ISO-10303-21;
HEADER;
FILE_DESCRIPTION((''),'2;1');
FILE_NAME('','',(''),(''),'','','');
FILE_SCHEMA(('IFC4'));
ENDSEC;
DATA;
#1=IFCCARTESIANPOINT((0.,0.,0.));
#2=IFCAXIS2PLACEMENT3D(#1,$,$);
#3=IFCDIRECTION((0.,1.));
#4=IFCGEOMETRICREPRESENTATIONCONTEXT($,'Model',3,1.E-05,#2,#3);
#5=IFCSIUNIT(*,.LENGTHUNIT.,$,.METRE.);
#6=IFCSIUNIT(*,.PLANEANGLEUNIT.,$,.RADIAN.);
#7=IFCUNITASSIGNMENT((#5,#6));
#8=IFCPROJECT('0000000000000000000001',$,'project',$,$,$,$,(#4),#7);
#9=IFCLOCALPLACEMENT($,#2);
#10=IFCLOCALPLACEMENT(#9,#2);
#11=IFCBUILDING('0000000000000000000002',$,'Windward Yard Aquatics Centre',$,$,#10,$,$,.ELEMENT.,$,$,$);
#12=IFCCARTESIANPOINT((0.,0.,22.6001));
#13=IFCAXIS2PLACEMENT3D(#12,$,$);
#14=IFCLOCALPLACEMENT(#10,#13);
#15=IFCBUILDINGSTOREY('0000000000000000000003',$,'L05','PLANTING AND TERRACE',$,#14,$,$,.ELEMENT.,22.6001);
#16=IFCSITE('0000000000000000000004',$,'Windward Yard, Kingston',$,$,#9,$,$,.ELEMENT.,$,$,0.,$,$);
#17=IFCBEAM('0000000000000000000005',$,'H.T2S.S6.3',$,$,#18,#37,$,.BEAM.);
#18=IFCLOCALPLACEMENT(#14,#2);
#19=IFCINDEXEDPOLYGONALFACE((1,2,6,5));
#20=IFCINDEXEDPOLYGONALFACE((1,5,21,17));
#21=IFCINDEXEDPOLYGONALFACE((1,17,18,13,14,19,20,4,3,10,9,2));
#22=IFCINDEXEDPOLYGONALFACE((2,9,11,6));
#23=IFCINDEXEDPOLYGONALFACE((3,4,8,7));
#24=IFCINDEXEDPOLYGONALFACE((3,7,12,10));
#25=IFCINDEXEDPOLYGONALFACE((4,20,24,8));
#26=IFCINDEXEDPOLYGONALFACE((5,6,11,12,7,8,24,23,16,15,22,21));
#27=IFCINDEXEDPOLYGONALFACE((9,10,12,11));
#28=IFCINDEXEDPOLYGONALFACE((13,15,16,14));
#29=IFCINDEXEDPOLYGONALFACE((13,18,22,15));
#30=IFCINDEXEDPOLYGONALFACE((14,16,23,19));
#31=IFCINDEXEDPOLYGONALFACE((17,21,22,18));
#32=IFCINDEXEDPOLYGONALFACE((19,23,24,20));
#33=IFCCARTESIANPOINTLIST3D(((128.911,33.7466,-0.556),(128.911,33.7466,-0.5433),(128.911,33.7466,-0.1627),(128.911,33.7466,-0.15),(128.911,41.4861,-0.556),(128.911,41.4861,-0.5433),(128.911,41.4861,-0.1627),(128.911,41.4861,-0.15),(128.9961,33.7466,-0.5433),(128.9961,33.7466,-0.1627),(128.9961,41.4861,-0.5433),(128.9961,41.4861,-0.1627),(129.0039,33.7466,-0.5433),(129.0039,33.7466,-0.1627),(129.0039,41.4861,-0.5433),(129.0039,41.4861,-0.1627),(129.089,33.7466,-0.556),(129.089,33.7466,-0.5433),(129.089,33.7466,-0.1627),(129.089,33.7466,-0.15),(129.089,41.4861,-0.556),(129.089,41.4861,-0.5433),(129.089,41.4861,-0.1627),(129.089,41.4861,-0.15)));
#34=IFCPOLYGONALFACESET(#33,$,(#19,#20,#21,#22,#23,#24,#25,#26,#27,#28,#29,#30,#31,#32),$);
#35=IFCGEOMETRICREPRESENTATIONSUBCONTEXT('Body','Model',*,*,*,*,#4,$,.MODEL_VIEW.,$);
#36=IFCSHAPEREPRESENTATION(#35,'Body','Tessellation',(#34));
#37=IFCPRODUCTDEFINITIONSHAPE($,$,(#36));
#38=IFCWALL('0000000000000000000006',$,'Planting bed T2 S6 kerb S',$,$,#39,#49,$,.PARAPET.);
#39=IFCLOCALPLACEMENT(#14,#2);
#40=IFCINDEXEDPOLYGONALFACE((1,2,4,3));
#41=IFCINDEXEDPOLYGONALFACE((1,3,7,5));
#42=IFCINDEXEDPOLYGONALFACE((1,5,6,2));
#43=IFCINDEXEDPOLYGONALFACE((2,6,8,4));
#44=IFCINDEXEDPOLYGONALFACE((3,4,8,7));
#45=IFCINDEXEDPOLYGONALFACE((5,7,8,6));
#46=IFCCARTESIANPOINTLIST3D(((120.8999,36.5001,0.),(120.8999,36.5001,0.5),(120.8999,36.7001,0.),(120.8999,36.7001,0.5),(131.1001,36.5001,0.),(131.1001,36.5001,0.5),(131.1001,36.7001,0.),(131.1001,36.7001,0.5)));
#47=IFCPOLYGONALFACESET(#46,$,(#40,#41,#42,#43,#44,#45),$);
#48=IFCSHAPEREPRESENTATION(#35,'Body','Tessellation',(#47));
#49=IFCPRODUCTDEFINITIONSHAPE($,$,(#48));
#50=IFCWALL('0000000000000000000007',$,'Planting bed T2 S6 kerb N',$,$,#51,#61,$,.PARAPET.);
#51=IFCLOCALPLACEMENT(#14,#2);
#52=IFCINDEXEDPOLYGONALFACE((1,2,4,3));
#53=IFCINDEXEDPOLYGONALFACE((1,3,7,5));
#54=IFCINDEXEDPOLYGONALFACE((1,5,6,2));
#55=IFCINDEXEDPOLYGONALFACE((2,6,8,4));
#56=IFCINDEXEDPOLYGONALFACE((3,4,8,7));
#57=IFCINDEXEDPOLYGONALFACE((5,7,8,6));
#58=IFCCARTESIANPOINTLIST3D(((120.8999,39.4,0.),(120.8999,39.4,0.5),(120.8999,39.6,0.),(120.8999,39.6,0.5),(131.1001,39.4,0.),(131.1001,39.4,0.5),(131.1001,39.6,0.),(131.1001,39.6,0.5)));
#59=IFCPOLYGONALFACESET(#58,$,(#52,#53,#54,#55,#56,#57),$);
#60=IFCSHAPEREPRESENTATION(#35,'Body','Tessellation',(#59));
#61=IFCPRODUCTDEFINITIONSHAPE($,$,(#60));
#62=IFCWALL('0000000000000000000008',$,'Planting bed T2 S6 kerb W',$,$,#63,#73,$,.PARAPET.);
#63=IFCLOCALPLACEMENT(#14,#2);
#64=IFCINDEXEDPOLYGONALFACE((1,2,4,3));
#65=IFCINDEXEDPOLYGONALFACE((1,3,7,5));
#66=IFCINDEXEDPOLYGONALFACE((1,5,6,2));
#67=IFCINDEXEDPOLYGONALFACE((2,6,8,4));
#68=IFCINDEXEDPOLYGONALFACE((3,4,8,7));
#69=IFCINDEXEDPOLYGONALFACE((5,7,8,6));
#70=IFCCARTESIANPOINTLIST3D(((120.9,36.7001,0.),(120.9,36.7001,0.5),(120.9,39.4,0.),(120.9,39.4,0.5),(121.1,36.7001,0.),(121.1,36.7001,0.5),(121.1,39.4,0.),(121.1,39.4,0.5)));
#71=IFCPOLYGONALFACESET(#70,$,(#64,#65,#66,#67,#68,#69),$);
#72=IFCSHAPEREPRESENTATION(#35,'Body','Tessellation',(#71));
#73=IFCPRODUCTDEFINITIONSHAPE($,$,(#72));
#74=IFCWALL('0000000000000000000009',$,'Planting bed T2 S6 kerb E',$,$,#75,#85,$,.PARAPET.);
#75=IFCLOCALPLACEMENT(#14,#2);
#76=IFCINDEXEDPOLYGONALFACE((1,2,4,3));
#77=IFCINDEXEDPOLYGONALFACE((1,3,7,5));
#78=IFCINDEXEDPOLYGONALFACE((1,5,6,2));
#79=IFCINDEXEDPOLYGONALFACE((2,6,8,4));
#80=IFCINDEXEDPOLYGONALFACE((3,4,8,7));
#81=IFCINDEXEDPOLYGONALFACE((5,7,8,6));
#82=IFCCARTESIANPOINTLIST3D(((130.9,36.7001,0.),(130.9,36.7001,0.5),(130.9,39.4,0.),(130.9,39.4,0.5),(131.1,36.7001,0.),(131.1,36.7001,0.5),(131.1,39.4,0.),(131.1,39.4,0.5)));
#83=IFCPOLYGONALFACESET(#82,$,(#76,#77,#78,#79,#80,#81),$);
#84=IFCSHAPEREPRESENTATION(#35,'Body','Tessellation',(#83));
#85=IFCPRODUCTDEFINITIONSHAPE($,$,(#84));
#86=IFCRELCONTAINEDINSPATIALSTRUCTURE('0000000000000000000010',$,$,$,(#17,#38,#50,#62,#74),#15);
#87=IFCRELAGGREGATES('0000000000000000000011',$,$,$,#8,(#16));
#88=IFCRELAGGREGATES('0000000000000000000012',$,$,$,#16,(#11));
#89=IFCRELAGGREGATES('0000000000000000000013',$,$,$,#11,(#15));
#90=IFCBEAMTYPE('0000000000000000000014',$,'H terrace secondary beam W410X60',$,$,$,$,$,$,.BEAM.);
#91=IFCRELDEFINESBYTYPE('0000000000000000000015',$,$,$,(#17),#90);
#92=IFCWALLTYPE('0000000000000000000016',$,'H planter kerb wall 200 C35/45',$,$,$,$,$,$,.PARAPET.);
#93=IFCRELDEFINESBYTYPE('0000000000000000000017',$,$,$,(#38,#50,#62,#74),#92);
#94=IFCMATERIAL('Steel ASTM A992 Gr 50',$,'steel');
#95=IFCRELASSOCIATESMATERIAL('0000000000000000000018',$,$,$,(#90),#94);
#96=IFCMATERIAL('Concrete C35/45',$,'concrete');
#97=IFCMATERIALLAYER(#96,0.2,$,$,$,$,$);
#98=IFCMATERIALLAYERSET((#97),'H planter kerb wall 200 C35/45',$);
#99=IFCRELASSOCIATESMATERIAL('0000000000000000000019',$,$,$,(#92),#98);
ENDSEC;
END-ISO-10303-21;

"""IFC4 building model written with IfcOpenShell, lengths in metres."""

from ifc_helpers import new_model, si_unit, direction, frame, frame_2d, origin, origin_2d, place, context, subcontext, project, spatial, rectangle, i_section, extrude, material, layer, layer_set, material_profile, profile_set, type_object, element, save


model = new_model("IFC4")

# Units and contexts
model_context = context("Model", 3, precision=1e-05, world=origin(), true_north=direction((0.0, 1.0)))
body_context = subcontext(model_context, "Body", "Model", "MODEL_VIEW")
ifc_project = project(units=[si_unit("LENGTHUNIT", "METRE"), si_unit("PLANEANGLEUNIT", "RADIAN")], contexts=[model_context])

# Site, building, storey
site_placement = place(None, origin())
site = spatial("IfcSite", under=ifc_project, at=site_placement, Name="Windward Yard, Kingston", CompositionType="ELEMENT", RefElevation=0.0)
building_placement = place(site_placement, origin())
building = spatial("IfcBuilding", under=site, at=building_placement, Name="Windward Yard Aquatics Centre", CompositionType="ELEMENT")
storey_placement = place(building_placement, frame((0.0, 0.0, 22.6001)))
storey = spatial("IfcBuildingStorey", under=building, at=storey_placement, Name="L05", Description="PLANTING AND TERRACE", CompositionType="ELEMENT", Elevation=22.6001)

# Shared definitions
ifc_material_1 = material(Name="Steel ASTM A992 Gr 50", Category="steel")

# Beam
ifc_material_profile_1 = material_profile(ifc_material_1, i_section(OverallWidth=0.178, OverallDepth=0.406, WebThickness=0.0078, FlangeThickness=0.0127, at=origin_2d()), Name="W410X60")
ifc_profile_set_1 = profile_set([ifc_material_profile_1], Name="Steel ASTM A992 Gr 50")
beam_type_1 = type_object("IfcBeamType", Name="H terrace secondary beam W410X60", PredefinedType="BEAM", material=ifc_profile_set_1)
for number, where, z_axis, x_axis, name in (
    (1, (129.0, 33.7466, -0.353), (0.0, 1.0, 0.0), (-1.0, 0.0, 0.0), "H.T2S.S6.3"),
):
    element("IfcBeam", number, at=place(storey_placement, frame(where, z_axis=z_axis, x_axis=x_axis)), inside=storey, type_object=beam_type_1, Name=name, PredefinedType="BEAM", context=body_context, shape_type="SweptSolid", body=[
        extrude(i_section(OverallWidth=0.178, OverallDepth=0.406, WebThickness=0.0078, FlangeThickness=0.0127, at=origin_2d()), origin(), (0.0, 0.0, 1.0), 7.7395),
    ])

# Walls
ifc_material_2 = material(Name="Concrete C35/45", Category="concrete")
ifc_layer_1 = layer(ifc_material_2, 0.2)
ifc_layer_set_1 = layer_set([ifc_layer_1], Name="H planter kerb wall 200 C35/45")
wall_type_1 = type_object("IfcWallType", Name="H planter kerb wall 200 C35/45", PredefinedType="PARAPET", material=ifc_layer_set_1)
for number, where, z_axis, x_axis, name in (
    (2, (120.8999, 36.6001, 0.0), (0.0, 0.0, 1.0), (1.0, 0.0, 0.0), "Planting bed T2 S6 kerb S"),
    (3, (120.8999, 39.5, 0.0), (0.0, 0.0, 1.0), (1.0, 0.0, 0.0), "Planting bed T2 S6 kerb N"),
):
    element("IfcWall", number, at=place(storey_placement, frame(where, z_axis=z_axis, x_axis=x_axis)), inside=storey, type_object=wall_type_1, Name=name, PredefinedType="PARAPET", context=body_context, shape_type="SweptSolid", body=[
        extrude(rectangle(XDim=10.2002, YDim=0.2, at=frame_2d((5.1001, 0.0))), origin(), (0.0, 0.0, 1.0), 0.5),
    ])
for number, where, z_axis, x_axis, name in (
    (4, (121.0, 36.7, 0.0), (0.0, 0.0, 1.0), (0.0, 1.0, 0.0), "Planting bed T2 S6 kerb W"),
    (5, (131.0, 36.7, 0.0), (0.0, 0.0, 1.0), (0.0, 1.0, 0.0), "Planting bed T2 S6 kerb E"),
):
    element("IfcWall", number, at=place(storey_placement, frame(where, z_axis=z_axis, x_axis=x_axis)), inside=storey, type_object=wall_type_1, Name=name, PredefinedType="PARAPET", context=body_context, shape_type="SweptSolid", body=[
        extrude(rectangle(XDim=2.7, YDim=0.2, at=frame_2d((1.3501, 0.0))), origin(), (0.0, 0.0, 1.0), 0.5),
    ])

save(model, "model.ifc")
